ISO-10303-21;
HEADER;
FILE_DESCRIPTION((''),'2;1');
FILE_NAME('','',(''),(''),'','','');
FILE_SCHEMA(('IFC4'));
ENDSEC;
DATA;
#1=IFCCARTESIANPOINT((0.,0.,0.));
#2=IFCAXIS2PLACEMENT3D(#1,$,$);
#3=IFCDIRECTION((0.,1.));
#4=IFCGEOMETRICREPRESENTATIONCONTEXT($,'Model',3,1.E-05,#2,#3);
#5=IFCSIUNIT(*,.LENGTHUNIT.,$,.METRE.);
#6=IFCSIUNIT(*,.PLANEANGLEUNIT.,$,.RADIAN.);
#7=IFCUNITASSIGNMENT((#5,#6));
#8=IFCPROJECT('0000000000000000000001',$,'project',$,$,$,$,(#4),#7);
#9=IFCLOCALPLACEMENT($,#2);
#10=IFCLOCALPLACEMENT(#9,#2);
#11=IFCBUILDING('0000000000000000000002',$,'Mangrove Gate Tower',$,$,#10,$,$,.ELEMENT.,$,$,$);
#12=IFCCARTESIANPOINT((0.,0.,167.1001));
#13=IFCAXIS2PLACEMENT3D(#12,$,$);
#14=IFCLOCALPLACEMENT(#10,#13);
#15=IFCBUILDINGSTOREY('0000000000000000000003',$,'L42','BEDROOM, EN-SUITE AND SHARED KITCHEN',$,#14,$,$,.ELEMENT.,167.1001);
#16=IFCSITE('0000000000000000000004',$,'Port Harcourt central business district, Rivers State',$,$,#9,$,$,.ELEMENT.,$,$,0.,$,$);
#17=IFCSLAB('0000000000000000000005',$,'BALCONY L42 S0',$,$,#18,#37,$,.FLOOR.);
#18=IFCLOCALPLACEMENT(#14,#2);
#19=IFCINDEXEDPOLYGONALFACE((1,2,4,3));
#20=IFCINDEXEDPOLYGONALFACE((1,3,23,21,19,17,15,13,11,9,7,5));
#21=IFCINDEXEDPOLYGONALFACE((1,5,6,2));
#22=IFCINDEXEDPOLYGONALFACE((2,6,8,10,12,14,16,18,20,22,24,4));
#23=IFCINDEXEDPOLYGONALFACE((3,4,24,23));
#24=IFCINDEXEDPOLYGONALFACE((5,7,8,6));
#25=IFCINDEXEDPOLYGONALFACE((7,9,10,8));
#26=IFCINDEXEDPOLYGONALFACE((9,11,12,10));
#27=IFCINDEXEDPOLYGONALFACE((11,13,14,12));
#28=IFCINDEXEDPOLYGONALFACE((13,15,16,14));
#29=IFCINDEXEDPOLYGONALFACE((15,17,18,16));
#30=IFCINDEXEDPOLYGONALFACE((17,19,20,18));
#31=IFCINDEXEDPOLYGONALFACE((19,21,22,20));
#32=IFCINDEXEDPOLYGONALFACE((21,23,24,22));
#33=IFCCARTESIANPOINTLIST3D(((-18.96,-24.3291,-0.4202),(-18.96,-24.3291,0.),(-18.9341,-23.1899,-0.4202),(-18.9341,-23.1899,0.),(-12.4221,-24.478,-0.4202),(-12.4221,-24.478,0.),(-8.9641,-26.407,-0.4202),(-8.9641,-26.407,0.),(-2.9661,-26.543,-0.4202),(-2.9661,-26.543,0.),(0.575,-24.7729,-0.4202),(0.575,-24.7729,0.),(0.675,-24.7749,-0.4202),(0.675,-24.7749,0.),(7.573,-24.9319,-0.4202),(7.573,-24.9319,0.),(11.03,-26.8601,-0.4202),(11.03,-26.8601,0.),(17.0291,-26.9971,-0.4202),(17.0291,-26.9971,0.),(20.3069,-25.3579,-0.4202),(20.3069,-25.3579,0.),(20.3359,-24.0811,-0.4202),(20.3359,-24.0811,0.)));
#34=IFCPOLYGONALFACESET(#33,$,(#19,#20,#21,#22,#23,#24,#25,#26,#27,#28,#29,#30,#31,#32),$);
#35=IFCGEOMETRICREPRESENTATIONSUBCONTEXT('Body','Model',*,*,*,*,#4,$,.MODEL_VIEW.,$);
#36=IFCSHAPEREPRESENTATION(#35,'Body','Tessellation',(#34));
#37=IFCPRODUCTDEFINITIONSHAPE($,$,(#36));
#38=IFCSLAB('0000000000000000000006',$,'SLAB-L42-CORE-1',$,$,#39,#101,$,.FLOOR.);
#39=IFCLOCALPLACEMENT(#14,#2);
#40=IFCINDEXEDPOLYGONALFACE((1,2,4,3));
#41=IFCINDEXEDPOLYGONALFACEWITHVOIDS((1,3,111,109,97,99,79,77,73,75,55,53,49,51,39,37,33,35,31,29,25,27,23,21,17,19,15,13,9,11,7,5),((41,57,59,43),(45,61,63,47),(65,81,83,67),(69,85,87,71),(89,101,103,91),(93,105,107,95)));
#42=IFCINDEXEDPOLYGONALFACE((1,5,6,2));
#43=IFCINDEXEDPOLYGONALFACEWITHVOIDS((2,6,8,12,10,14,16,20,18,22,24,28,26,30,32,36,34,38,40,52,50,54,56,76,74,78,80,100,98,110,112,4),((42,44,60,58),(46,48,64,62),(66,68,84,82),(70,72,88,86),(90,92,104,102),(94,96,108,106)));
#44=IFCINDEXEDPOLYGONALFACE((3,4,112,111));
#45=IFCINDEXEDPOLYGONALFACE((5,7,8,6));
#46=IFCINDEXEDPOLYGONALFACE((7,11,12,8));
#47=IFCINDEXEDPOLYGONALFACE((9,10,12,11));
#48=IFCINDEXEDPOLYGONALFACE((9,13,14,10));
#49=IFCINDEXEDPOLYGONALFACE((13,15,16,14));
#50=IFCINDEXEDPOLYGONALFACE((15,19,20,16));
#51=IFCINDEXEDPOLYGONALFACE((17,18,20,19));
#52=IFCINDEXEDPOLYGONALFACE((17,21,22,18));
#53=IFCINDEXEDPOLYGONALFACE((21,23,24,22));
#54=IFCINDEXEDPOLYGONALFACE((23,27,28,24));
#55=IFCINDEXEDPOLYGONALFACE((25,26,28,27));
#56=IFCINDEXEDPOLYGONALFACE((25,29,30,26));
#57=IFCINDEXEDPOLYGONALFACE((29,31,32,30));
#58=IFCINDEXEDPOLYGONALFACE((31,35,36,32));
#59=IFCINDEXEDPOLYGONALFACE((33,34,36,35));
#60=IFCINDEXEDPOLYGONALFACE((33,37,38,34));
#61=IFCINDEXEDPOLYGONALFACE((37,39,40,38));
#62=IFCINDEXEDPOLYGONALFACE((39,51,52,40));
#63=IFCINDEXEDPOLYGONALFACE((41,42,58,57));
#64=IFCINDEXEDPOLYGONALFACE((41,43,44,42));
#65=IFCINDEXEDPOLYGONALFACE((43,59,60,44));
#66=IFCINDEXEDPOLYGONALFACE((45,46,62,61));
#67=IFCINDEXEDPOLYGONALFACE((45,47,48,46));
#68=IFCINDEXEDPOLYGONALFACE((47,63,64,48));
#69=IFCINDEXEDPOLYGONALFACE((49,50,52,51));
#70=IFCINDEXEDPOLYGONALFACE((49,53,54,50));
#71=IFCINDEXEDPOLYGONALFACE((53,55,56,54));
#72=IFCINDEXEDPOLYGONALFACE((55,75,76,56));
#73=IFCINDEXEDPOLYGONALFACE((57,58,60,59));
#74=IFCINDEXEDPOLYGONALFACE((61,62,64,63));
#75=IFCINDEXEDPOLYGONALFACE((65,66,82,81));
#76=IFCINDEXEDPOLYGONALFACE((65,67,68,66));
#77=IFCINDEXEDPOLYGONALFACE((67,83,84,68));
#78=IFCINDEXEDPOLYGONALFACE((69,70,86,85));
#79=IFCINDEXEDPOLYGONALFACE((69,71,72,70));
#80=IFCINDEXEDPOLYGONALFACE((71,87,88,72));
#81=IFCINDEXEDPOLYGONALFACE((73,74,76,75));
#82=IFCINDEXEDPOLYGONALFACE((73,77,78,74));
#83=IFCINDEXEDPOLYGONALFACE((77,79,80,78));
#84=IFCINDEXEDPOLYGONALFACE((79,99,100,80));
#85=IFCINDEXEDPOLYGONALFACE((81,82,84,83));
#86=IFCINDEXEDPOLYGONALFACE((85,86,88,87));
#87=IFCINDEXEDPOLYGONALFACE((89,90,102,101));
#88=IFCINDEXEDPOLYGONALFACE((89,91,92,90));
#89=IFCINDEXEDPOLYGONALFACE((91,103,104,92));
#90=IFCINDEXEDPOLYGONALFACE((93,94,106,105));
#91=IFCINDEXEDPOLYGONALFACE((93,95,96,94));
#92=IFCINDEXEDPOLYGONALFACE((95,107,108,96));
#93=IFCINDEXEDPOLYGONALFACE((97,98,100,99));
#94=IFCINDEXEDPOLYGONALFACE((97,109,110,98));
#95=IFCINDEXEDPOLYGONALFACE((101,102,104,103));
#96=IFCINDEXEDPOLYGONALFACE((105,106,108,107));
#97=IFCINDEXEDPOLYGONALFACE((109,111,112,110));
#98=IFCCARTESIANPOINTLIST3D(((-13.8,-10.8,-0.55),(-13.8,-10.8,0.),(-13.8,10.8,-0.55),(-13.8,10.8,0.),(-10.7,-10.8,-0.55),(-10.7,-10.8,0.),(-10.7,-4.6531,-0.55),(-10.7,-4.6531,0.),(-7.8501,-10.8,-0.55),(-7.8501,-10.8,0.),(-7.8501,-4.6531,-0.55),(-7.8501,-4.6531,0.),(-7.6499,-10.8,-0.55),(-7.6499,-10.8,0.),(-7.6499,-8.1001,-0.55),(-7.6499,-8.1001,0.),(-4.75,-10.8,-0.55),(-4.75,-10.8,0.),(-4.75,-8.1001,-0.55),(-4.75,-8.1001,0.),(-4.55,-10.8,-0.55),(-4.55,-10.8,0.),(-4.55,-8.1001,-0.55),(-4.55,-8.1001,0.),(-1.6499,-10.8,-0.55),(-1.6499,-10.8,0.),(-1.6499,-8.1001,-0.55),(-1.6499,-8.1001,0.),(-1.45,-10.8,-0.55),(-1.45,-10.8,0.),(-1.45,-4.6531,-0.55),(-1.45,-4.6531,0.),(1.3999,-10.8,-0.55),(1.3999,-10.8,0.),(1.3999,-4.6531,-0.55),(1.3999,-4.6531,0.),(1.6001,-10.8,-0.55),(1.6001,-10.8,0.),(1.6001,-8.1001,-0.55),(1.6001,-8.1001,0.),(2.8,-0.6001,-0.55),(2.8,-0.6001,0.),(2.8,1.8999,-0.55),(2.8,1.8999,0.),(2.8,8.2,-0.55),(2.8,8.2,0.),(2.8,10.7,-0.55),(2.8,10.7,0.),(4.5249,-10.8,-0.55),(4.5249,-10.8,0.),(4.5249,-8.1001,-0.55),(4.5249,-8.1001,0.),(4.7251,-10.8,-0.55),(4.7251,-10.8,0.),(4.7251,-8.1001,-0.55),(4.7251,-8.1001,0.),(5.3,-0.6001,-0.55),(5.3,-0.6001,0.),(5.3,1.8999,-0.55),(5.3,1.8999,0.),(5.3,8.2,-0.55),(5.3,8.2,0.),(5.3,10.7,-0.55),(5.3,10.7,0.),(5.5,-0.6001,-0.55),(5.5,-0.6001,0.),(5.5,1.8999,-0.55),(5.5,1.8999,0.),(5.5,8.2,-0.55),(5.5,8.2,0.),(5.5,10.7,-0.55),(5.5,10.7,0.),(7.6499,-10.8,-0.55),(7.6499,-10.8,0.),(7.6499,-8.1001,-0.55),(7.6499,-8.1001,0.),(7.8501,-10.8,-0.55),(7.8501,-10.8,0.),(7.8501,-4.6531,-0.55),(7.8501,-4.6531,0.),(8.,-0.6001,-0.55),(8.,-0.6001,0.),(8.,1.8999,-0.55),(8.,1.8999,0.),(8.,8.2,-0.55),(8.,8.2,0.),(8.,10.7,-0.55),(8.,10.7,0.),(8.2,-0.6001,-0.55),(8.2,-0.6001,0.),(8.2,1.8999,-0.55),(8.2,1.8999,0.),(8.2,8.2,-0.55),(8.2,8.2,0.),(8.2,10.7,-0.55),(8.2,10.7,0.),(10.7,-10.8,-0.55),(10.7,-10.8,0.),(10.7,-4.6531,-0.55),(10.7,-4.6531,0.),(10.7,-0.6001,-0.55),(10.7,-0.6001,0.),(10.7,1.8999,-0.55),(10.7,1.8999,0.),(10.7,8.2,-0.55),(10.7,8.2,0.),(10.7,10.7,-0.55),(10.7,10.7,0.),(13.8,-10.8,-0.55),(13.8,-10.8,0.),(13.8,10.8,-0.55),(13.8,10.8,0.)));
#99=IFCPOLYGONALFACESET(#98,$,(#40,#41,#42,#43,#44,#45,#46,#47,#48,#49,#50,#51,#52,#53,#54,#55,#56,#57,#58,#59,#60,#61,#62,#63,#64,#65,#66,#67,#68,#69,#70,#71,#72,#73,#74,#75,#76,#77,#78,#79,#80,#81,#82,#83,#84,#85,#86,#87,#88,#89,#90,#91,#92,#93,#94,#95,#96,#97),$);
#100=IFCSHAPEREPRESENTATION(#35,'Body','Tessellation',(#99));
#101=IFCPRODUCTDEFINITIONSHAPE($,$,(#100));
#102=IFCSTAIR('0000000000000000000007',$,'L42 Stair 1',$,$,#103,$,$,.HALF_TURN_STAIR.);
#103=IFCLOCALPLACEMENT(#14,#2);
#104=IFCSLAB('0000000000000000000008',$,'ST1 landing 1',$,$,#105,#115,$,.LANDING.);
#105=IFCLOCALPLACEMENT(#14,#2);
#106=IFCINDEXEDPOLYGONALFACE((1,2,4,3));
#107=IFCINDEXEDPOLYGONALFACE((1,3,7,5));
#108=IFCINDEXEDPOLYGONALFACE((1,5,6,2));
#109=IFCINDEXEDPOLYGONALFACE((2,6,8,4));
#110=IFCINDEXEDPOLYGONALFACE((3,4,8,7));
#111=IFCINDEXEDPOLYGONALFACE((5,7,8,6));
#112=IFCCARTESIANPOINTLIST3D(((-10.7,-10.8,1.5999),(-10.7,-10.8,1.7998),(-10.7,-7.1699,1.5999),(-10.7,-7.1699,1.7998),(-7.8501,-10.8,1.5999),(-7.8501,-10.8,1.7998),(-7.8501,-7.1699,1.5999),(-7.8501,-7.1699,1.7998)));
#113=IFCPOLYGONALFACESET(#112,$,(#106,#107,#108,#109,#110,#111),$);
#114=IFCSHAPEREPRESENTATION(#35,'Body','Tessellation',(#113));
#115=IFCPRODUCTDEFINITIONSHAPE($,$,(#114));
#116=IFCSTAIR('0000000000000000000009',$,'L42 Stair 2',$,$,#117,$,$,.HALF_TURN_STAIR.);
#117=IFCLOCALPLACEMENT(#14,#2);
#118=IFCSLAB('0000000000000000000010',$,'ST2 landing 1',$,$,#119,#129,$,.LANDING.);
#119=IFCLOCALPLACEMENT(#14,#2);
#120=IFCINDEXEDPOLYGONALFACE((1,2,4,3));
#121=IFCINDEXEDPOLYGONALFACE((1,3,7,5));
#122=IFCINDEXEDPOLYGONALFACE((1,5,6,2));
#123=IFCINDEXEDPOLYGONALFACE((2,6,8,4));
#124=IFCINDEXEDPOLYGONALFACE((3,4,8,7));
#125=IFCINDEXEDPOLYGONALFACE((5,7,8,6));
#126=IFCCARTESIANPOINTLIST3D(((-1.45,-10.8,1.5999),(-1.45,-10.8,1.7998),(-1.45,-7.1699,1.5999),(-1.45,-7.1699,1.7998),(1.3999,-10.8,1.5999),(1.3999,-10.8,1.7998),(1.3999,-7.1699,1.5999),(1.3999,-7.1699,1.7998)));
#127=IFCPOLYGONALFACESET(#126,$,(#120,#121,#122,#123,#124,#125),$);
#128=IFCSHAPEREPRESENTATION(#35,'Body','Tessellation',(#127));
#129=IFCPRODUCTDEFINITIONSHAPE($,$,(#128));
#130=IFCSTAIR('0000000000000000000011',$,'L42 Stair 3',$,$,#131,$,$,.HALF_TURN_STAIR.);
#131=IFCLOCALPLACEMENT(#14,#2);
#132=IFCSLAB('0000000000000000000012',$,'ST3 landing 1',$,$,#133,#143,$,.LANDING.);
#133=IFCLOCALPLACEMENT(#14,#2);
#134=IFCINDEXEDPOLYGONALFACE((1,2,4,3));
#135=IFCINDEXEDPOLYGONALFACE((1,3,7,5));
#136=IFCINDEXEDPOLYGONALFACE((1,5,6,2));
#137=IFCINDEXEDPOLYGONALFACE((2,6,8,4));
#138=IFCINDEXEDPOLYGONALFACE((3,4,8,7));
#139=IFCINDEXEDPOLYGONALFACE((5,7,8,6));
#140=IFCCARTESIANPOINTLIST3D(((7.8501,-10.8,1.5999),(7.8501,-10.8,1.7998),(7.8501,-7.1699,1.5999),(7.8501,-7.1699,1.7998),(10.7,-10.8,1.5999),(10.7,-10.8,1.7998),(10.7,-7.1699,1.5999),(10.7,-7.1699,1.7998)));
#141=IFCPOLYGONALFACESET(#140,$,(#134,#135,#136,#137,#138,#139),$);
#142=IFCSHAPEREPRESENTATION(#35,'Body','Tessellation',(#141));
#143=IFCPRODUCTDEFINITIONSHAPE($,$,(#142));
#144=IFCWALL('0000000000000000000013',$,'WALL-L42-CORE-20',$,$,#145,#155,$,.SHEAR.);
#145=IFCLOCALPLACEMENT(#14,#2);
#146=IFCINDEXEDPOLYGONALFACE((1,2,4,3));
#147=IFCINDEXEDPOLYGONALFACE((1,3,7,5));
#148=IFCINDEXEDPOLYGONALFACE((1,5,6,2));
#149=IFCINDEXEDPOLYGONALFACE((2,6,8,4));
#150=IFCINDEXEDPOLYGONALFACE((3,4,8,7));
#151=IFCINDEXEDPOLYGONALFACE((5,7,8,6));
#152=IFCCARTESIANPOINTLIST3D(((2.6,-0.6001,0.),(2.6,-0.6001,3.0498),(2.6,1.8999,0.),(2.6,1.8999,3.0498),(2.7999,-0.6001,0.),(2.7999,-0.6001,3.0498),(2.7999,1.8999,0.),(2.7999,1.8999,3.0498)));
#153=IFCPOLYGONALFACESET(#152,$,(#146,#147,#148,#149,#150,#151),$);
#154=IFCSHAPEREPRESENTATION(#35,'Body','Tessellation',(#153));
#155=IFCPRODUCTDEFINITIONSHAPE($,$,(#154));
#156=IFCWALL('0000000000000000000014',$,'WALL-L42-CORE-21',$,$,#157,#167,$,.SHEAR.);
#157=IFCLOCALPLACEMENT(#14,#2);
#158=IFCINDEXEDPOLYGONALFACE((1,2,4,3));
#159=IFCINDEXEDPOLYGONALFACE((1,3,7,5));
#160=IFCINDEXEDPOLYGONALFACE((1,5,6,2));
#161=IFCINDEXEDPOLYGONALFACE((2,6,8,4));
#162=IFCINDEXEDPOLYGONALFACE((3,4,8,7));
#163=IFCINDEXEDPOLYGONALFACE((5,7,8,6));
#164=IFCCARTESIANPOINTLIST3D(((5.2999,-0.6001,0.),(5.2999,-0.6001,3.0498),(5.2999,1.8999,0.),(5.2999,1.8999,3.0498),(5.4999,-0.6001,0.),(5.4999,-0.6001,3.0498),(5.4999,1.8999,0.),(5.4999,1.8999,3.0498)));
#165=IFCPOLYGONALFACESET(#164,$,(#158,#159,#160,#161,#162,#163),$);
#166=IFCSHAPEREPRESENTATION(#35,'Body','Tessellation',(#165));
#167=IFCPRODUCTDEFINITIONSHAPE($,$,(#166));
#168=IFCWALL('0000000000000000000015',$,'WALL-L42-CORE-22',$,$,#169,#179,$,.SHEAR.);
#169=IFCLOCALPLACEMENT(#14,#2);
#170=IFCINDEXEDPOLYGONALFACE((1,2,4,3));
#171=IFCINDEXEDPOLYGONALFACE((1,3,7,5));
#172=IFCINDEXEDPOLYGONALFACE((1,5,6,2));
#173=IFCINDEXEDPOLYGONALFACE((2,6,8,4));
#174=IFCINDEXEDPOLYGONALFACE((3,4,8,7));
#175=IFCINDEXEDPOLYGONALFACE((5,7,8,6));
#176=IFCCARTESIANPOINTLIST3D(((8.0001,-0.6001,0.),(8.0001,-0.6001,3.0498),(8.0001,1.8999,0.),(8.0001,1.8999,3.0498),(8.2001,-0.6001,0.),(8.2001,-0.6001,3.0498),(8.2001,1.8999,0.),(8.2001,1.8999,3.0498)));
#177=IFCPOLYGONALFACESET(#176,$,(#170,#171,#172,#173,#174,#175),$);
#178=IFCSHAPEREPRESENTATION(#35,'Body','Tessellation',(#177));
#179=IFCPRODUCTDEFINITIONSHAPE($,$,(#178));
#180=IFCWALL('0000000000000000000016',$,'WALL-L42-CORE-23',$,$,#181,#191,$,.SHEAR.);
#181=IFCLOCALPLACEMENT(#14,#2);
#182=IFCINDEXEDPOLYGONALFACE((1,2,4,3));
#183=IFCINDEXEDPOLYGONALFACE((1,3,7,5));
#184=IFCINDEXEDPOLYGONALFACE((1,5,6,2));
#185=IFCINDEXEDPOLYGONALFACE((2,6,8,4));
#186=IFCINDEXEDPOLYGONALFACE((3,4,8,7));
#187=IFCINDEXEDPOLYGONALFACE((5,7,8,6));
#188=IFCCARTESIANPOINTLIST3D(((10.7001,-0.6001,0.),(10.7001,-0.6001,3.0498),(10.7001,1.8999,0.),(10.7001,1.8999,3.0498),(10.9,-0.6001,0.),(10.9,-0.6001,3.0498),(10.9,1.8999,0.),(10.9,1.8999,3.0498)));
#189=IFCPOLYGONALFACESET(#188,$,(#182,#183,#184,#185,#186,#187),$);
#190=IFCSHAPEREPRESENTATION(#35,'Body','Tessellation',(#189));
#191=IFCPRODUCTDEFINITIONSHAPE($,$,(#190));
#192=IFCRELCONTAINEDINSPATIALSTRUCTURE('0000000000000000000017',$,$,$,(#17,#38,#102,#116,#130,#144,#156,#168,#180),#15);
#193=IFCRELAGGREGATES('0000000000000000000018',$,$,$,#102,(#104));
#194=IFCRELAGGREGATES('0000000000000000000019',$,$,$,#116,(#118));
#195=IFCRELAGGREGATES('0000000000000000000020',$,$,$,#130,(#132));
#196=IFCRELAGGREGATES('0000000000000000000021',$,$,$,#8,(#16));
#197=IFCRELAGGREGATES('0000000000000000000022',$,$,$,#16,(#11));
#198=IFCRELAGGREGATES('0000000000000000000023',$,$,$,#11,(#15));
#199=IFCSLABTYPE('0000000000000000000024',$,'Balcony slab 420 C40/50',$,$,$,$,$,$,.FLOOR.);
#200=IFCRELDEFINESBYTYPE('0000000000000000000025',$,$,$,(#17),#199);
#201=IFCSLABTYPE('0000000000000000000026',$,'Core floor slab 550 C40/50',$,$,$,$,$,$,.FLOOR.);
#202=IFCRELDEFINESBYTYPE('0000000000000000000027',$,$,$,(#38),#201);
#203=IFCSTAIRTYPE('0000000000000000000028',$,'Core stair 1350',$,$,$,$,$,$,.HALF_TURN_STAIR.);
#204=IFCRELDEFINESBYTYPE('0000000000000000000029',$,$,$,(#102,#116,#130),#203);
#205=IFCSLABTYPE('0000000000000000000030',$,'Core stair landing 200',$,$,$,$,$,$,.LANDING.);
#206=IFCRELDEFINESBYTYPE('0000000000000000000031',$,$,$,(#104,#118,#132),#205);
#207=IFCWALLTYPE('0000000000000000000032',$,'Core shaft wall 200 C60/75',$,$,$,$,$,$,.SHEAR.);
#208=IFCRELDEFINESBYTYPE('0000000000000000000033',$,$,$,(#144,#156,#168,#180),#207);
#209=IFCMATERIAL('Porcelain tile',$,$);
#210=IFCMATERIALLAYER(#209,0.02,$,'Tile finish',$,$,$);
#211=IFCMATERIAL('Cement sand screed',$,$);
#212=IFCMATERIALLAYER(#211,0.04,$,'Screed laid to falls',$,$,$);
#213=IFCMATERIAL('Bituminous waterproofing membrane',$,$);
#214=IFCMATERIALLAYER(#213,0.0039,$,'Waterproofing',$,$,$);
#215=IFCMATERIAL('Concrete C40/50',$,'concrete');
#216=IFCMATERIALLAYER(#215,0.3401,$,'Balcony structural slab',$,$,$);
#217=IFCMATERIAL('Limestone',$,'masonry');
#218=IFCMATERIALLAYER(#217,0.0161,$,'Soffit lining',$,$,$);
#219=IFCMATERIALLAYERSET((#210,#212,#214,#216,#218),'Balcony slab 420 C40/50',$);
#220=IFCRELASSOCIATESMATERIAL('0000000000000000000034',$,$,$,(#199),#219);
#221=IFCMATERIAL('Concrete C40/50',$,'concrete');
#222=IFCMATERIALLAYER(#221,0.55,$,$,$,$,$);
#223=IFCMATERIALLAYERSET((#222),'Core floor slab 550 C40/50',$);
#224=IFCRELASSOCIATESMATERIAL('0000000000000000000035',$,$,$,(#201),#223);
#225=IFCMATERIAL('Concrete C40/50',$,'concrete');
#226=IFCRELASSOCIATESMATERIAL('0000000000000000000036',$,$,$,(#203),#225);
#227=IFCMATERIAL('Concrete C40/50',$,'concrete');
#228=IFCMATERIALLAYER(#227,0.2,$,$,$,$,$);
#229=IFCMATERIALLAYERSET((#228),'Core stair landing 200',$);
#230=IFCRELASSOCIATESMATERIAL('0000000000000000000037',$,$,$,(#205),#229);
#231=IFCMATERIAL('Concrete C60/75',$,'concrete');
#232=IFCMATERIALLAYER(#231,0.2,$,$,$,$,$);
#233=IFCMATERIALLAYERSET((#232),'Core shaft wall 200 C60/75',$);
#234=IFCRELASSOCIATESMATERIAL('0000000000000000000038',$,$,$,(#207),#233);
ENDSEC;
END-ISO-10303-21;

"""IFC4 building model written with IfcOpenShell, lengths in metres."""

from ifc_helpers import new_model, si_unit, direction, frame, frame_2d, origin, place, context, subcontext, project, spatial, polyline, rectangle, outline, extrude, material, layer, layer_set, type_object, element, aggregate, save


model = new_model("IFC4")

# Units and contexts
model_context = context("Model", 3, precision=1e-05, world=origin(), true_north=direction((0.0, 1.0)))
body_context = subcontext(model_context, "Body", "Model", "MODEL_VIEW")
ifc_project = project(units=[si_unit("LENGTHUNIT", "METRE"), si_unit("PLANEANGLEUNIT", "RADIAN")], contexts=[model_context])

# Site, building, storey
site_placement = place(None, origin())
site = spatial("IfcSite", under=ifc_project, at=site_placement, Name="Port Harcourt central business district, Rivers State", CompositionType="ELEMENT", RefElevation=0.0)
building_placement = place(site_placement, origin())
building = spatial("IfcBuilding", under=site, at=building_placement, Name="Mangrove Gate Tower", CompositionType="ELEMENT")
storey_placement = place(building_placement, frame((0.0, 0.0, 167.1001)))
storey = spatial("IfcBuildingStorey", under=building, at=storey_placement, Name="L42", Description="BEDROOM, EN-SUITE AND SHARED KITCHEN", CompositionType="ELEMENT", Elevation=167.1001)

# Slabs
ifc_material_1 = material(Name="Porcelain tile")
ifc_layer_1 = layer(ifc_material_1, 0.02, Name="Tile finish")
ifc_material_2 = material(Name="Cement sand screed")
ifc_layer_2 = layer(ifc_material_2, 0.04, Name="Screed laid to falls")
ifc_material_3 = material(Name="Bituminous waterproofing membrane")
ifc_layer_3 = layer(ifc_material_3, 0.0039, Name="Waterproofing")
ifc_material_4 = material(Name="Concrete C40/50", Category="concrete")
ifc_layer_4 = layer(ifc_material_4, 0.3401, Name="Balcony structural slab")
ifc_material_5 = material(Name="Limestone", Category="masonry")
ifc_layer_5 = layer(ifc_material_5, 0.0161, Name="Soffit lining")
ifc_layer_set_1 = layer_set([ifc_layer_1, ifc_layer_2, ifc_layer_3, ifc_layer_4, ifc_layer_5], Name="Balcony slab 420 C40/50")
slab_type_1 = type_object("IfcSlabType", Name="Balcony slab 420 C40/50", PredefinedType="FLOOR", material=ifc_layer_set_1)
slab_1_placement = place(storey_placement, frame((0.0, 0.0, -0.4202)))
element("IfcSlab", 1, at=slab_1_placement, inside=storey, type_object=slab_type_1, Name="BALCONY L42 S0", PredefinedType="FLOOR", context=body_context, shape_type="SweptSolid", body=[
    extrude(outline(polyline([(-18.96, -24.3291), (-12.4221, -24.478), (-8.9641, -26.407), (-2.9661, -26.543), (0.575, -24.7729), (0.675, -24.7749), (7.573, -24.9319), (11.03, -26.8601), (17.0291, -26.9971), (20.3069, -25.3579), (20.3359, -24.0811), (-18.9341, -23.1899), (-18.96, -24.3291)])), origin(), (0.0, 0.0, 1.0), 0.4202),
])
ifc_material_6 = material(Name="Concrete C40/50", Category="concrete")
ifc_layer_6 = layer(ifc_material_6, 0.55)
ifc_layer_set_2 = layer_set([ifc_layer_6], Name="Core floor slab 550 C40/50")
slab_type_2 = type_object("IfcSlabType", Name="Core floor slab 550 C40/50", PredefinedType="FLOOR", material=ifc_layer_set_2)
slab_2_placement = place(storey_placement, frame((0.0, 0.0, -0.55)))
element("IfcSlab", 2, at=slab_2_placement, inside=storey, type_object=slab_type_2, Name="SLAB-L42-CORE-1", PredefinedType="FLOOR", context=body_context, shape_type="SweptSolid", body=[
    extrude(outline(polyline([(-13.8, -10.8), (-13.8, 10.8), (13.8, 10.8), (13.8, -10.8), (10.7, -10.8), (10.7, -4.6531), (7.8501, -4.6531), (7.8501, -10.8), (7.6499, -10.8), (7.6499, -8.1001), (4.7251, -8.1001), (4.7251, -10.8), (4.5249, -10.8), (4.5249, -8.1001), (1.6001, -8.1001), (1.6001, -10.8), (1.3999, -10.8), (1.3999, -4.6531), (-1.45, -4.6531), (-1.45, -10.8), (-1.6499, -10.8), (-1.6499, -8.1001), (-4.55, -8.1001), (-4.55, -10.8), (-4.75, -10.8), (-4.75, -8.1001), (-7.6499, -8.1001), (-7.6499, -10.8), (-7.8501, -10.8), (-7.8501, -4.6531), (-10.7, -4.6531), (-10.7, -10.8), (-13.8, -10.8)]), holes=[polyline([(5.3, -0.6001), (5.3, 1.8999), (2.8, 1.8999), (2.8, -0.6001), (5.3, -0.6001)]), polyline([(5.3, 10.7), (2.8, 10.7), (2.8, 8.2), (5.3, 8.2), (5.3, 10.7)]), polyline([(8.0, -0.6001), (8.0, 1.8999), (5.5, 1.8999), (5.5, -0.6001), (8.0, -0.6001)]), polyline([(10.7, -0.6001), (10.7, 1.8999), (8.2, 1.8999), (8.2, -0.6001), (10.7, -0.6001)]), polyline([(8.0, 8.2), (8.0, 10.7), (5.5, 10.7), (5.5, 8.2), (8.0, 8.2)]), polyline([(10.7, 8.2), (10.7, 10.7), (8.2, 10.7), (8.2, 8.2), (10.7, 8.2)])]), origin(), (0.0, 0.0, 1.0), 0.55),
])

# Stairs, slabs
ifc_material_7 = material(Name="Concrete C40/50", Category="concrete")
stair_type = type_object("IfcStairType", Name="Core stair 1350", PredefinedType="HALF_TURN_STAIR", material=ifc_material_7)
stair_1_placement = place(storey_placement, origin())
stair_1 = element("IfcStair", 3, at=stair_1_placement, inside=storey, type_object=stair_type, Name="L42 Stair 1", PredefinedType="HALF_TURN_STAIR")
ifc_material_8 = material(Name="Concrete C40/50", Category="concrete")
ifc_layer_7 = layer(ifc_material_8, 0.2)
ifc_layer_set_3 = layer_set([ifc_layer_7], Name="Core stair landing 200")
slab_type_3 = type_object("IfcSlabType", Name="Core stair landing 200", PredefinedType="LANDING", material=ifc_layer_set_3)
slab_3_placement = place(storey_placement, frame((0.0, 0.0, 1.5999)))
slab_3 = element("IfcSlab", 4, at=slab_3_placement, type_object=slab_type_3, Name="ST1 landing 1", PredefinedType="LANDING", context=body_context, shape_type="SweptSolid", body=[
    extrude(outline(polyline([(-10.7, -7.1699), (-10.7, -10.8), (-7.8501, -10.8), (-7.8501, -7.1699), (-10.7, -7.1699)])), origin(), (0.0, 0.0, 1.0), 0.2),
])
aggregate(stair_1, [slab_3])
stair_2_placement = place(storey_placement, origin())
stair_2 = element("IfcStair", 5, at=stair_2_placement, inside=storey, type_object=stair_type, Name="L42 Stair 2", PredefinedType="HALF_TURN_STAIR")
slab_4_placement = place(storey_placement, frame((0.0, 0.0, 1.5999)))
slab_4 = element("IfcSlab", 6, at=slab_4_placement, type_object=slab_type_3, Name="ST2 landing 1", PredefinedType="LANDING", context=body_context, shape_type="SweptSolid", body=[
    extrude(outline(polyline([(-1.45, -7.1699), (-1.45, -10.8), (1.3999, -10.8), (1.3999, -7.1699), (-1.45, -7.1699)])), origin(), (0.0, 0.0, 1.0), 0.2),
])
aggregate(stair_2, [slab_4])
stair_3_placement = place(storey_placement, origin())
stair_3 = element("IfcStair", 7, at=stair_3_placement, inside=storey, type_object=stair_type, Name="L42 Stair 3", PredefinedType="HALF_TURN_STAIR")
slab_5_placement = place(storey_placement, frame((0.0, 0.0, 1.5999)))
slab_5 = element("IfcSlab", 8, at=slab_5_placement, type_object=slab_type_3, Name="ST3 landing 1", PredefinedType="LANDING", context=body_context, shape_type="SweptSolid", body=[
    extrude(outline(polyline([(7.8501, -7.1699), (7.8501, -10.8), (10.7, -10.8), (10.7, -7.1699), (7.8501, -7.1699)])), origin(), (0.0, 0.0, 1.0), 0.2),
])
aggregate(stair_3, [slab_5])

# Walls
ifc_material_9 = material(Name="Concrete C60/75", Category="concrete")
ifc_layer_8 = layer(ifc_material_9, 0.2)
ifc_layer_set_4 = layer_set([ifc_layer_8], Name="Core shaft wall 200 C60/75")
wall_type_1 = type_object("IfcWallType", Name="Core shaft wall 200 C60/75", PredefinedType="SHEAR", material=ifc_layer_set_4)
for number, where, z_axis, x_axis, name in (
    (9, (2.7, -0.6001, 0.0), (0.0, 0.0, 1.0), (0.0, 1.0, 0.0), "WALL-L42-CORE-20"),
    (10, (5.3999, -0.6001, 0.0), (0.0, 0.0, 1.0), (0.0, 1.0, 0.0), "WALL-L42-CORE-21"),
    (11, (8.1001, -0.6001, 0.0), (0.0, 0.0, 1.0), (0.0, 1.0, 0.0), "WALL-L42-CORE-22"),
    (12, (10.8, -0.6001, 0.0), (0.0, 0.0, 1.0), (0.0, 1.0, 0.0), "WALL-L42-CORE-23"),
):
    element("IfcWall", number, at=place(storey_placement, frame(where, z_axis=z_axis, x_axis=x_axis)), inside=storey, type_object=wall_type_1, Name=name, PredefinedType="SHEAR", context=body_context, shape_type="SweptSolid", body=[
        extrude(rectangle(XDim=2.5, YDim=0.2, at=frame_2d((1.25, 0.0))), origin(), (0.0, 0.0, 1.0), 3.0498),
    ])

save(model, "model.ifc")
